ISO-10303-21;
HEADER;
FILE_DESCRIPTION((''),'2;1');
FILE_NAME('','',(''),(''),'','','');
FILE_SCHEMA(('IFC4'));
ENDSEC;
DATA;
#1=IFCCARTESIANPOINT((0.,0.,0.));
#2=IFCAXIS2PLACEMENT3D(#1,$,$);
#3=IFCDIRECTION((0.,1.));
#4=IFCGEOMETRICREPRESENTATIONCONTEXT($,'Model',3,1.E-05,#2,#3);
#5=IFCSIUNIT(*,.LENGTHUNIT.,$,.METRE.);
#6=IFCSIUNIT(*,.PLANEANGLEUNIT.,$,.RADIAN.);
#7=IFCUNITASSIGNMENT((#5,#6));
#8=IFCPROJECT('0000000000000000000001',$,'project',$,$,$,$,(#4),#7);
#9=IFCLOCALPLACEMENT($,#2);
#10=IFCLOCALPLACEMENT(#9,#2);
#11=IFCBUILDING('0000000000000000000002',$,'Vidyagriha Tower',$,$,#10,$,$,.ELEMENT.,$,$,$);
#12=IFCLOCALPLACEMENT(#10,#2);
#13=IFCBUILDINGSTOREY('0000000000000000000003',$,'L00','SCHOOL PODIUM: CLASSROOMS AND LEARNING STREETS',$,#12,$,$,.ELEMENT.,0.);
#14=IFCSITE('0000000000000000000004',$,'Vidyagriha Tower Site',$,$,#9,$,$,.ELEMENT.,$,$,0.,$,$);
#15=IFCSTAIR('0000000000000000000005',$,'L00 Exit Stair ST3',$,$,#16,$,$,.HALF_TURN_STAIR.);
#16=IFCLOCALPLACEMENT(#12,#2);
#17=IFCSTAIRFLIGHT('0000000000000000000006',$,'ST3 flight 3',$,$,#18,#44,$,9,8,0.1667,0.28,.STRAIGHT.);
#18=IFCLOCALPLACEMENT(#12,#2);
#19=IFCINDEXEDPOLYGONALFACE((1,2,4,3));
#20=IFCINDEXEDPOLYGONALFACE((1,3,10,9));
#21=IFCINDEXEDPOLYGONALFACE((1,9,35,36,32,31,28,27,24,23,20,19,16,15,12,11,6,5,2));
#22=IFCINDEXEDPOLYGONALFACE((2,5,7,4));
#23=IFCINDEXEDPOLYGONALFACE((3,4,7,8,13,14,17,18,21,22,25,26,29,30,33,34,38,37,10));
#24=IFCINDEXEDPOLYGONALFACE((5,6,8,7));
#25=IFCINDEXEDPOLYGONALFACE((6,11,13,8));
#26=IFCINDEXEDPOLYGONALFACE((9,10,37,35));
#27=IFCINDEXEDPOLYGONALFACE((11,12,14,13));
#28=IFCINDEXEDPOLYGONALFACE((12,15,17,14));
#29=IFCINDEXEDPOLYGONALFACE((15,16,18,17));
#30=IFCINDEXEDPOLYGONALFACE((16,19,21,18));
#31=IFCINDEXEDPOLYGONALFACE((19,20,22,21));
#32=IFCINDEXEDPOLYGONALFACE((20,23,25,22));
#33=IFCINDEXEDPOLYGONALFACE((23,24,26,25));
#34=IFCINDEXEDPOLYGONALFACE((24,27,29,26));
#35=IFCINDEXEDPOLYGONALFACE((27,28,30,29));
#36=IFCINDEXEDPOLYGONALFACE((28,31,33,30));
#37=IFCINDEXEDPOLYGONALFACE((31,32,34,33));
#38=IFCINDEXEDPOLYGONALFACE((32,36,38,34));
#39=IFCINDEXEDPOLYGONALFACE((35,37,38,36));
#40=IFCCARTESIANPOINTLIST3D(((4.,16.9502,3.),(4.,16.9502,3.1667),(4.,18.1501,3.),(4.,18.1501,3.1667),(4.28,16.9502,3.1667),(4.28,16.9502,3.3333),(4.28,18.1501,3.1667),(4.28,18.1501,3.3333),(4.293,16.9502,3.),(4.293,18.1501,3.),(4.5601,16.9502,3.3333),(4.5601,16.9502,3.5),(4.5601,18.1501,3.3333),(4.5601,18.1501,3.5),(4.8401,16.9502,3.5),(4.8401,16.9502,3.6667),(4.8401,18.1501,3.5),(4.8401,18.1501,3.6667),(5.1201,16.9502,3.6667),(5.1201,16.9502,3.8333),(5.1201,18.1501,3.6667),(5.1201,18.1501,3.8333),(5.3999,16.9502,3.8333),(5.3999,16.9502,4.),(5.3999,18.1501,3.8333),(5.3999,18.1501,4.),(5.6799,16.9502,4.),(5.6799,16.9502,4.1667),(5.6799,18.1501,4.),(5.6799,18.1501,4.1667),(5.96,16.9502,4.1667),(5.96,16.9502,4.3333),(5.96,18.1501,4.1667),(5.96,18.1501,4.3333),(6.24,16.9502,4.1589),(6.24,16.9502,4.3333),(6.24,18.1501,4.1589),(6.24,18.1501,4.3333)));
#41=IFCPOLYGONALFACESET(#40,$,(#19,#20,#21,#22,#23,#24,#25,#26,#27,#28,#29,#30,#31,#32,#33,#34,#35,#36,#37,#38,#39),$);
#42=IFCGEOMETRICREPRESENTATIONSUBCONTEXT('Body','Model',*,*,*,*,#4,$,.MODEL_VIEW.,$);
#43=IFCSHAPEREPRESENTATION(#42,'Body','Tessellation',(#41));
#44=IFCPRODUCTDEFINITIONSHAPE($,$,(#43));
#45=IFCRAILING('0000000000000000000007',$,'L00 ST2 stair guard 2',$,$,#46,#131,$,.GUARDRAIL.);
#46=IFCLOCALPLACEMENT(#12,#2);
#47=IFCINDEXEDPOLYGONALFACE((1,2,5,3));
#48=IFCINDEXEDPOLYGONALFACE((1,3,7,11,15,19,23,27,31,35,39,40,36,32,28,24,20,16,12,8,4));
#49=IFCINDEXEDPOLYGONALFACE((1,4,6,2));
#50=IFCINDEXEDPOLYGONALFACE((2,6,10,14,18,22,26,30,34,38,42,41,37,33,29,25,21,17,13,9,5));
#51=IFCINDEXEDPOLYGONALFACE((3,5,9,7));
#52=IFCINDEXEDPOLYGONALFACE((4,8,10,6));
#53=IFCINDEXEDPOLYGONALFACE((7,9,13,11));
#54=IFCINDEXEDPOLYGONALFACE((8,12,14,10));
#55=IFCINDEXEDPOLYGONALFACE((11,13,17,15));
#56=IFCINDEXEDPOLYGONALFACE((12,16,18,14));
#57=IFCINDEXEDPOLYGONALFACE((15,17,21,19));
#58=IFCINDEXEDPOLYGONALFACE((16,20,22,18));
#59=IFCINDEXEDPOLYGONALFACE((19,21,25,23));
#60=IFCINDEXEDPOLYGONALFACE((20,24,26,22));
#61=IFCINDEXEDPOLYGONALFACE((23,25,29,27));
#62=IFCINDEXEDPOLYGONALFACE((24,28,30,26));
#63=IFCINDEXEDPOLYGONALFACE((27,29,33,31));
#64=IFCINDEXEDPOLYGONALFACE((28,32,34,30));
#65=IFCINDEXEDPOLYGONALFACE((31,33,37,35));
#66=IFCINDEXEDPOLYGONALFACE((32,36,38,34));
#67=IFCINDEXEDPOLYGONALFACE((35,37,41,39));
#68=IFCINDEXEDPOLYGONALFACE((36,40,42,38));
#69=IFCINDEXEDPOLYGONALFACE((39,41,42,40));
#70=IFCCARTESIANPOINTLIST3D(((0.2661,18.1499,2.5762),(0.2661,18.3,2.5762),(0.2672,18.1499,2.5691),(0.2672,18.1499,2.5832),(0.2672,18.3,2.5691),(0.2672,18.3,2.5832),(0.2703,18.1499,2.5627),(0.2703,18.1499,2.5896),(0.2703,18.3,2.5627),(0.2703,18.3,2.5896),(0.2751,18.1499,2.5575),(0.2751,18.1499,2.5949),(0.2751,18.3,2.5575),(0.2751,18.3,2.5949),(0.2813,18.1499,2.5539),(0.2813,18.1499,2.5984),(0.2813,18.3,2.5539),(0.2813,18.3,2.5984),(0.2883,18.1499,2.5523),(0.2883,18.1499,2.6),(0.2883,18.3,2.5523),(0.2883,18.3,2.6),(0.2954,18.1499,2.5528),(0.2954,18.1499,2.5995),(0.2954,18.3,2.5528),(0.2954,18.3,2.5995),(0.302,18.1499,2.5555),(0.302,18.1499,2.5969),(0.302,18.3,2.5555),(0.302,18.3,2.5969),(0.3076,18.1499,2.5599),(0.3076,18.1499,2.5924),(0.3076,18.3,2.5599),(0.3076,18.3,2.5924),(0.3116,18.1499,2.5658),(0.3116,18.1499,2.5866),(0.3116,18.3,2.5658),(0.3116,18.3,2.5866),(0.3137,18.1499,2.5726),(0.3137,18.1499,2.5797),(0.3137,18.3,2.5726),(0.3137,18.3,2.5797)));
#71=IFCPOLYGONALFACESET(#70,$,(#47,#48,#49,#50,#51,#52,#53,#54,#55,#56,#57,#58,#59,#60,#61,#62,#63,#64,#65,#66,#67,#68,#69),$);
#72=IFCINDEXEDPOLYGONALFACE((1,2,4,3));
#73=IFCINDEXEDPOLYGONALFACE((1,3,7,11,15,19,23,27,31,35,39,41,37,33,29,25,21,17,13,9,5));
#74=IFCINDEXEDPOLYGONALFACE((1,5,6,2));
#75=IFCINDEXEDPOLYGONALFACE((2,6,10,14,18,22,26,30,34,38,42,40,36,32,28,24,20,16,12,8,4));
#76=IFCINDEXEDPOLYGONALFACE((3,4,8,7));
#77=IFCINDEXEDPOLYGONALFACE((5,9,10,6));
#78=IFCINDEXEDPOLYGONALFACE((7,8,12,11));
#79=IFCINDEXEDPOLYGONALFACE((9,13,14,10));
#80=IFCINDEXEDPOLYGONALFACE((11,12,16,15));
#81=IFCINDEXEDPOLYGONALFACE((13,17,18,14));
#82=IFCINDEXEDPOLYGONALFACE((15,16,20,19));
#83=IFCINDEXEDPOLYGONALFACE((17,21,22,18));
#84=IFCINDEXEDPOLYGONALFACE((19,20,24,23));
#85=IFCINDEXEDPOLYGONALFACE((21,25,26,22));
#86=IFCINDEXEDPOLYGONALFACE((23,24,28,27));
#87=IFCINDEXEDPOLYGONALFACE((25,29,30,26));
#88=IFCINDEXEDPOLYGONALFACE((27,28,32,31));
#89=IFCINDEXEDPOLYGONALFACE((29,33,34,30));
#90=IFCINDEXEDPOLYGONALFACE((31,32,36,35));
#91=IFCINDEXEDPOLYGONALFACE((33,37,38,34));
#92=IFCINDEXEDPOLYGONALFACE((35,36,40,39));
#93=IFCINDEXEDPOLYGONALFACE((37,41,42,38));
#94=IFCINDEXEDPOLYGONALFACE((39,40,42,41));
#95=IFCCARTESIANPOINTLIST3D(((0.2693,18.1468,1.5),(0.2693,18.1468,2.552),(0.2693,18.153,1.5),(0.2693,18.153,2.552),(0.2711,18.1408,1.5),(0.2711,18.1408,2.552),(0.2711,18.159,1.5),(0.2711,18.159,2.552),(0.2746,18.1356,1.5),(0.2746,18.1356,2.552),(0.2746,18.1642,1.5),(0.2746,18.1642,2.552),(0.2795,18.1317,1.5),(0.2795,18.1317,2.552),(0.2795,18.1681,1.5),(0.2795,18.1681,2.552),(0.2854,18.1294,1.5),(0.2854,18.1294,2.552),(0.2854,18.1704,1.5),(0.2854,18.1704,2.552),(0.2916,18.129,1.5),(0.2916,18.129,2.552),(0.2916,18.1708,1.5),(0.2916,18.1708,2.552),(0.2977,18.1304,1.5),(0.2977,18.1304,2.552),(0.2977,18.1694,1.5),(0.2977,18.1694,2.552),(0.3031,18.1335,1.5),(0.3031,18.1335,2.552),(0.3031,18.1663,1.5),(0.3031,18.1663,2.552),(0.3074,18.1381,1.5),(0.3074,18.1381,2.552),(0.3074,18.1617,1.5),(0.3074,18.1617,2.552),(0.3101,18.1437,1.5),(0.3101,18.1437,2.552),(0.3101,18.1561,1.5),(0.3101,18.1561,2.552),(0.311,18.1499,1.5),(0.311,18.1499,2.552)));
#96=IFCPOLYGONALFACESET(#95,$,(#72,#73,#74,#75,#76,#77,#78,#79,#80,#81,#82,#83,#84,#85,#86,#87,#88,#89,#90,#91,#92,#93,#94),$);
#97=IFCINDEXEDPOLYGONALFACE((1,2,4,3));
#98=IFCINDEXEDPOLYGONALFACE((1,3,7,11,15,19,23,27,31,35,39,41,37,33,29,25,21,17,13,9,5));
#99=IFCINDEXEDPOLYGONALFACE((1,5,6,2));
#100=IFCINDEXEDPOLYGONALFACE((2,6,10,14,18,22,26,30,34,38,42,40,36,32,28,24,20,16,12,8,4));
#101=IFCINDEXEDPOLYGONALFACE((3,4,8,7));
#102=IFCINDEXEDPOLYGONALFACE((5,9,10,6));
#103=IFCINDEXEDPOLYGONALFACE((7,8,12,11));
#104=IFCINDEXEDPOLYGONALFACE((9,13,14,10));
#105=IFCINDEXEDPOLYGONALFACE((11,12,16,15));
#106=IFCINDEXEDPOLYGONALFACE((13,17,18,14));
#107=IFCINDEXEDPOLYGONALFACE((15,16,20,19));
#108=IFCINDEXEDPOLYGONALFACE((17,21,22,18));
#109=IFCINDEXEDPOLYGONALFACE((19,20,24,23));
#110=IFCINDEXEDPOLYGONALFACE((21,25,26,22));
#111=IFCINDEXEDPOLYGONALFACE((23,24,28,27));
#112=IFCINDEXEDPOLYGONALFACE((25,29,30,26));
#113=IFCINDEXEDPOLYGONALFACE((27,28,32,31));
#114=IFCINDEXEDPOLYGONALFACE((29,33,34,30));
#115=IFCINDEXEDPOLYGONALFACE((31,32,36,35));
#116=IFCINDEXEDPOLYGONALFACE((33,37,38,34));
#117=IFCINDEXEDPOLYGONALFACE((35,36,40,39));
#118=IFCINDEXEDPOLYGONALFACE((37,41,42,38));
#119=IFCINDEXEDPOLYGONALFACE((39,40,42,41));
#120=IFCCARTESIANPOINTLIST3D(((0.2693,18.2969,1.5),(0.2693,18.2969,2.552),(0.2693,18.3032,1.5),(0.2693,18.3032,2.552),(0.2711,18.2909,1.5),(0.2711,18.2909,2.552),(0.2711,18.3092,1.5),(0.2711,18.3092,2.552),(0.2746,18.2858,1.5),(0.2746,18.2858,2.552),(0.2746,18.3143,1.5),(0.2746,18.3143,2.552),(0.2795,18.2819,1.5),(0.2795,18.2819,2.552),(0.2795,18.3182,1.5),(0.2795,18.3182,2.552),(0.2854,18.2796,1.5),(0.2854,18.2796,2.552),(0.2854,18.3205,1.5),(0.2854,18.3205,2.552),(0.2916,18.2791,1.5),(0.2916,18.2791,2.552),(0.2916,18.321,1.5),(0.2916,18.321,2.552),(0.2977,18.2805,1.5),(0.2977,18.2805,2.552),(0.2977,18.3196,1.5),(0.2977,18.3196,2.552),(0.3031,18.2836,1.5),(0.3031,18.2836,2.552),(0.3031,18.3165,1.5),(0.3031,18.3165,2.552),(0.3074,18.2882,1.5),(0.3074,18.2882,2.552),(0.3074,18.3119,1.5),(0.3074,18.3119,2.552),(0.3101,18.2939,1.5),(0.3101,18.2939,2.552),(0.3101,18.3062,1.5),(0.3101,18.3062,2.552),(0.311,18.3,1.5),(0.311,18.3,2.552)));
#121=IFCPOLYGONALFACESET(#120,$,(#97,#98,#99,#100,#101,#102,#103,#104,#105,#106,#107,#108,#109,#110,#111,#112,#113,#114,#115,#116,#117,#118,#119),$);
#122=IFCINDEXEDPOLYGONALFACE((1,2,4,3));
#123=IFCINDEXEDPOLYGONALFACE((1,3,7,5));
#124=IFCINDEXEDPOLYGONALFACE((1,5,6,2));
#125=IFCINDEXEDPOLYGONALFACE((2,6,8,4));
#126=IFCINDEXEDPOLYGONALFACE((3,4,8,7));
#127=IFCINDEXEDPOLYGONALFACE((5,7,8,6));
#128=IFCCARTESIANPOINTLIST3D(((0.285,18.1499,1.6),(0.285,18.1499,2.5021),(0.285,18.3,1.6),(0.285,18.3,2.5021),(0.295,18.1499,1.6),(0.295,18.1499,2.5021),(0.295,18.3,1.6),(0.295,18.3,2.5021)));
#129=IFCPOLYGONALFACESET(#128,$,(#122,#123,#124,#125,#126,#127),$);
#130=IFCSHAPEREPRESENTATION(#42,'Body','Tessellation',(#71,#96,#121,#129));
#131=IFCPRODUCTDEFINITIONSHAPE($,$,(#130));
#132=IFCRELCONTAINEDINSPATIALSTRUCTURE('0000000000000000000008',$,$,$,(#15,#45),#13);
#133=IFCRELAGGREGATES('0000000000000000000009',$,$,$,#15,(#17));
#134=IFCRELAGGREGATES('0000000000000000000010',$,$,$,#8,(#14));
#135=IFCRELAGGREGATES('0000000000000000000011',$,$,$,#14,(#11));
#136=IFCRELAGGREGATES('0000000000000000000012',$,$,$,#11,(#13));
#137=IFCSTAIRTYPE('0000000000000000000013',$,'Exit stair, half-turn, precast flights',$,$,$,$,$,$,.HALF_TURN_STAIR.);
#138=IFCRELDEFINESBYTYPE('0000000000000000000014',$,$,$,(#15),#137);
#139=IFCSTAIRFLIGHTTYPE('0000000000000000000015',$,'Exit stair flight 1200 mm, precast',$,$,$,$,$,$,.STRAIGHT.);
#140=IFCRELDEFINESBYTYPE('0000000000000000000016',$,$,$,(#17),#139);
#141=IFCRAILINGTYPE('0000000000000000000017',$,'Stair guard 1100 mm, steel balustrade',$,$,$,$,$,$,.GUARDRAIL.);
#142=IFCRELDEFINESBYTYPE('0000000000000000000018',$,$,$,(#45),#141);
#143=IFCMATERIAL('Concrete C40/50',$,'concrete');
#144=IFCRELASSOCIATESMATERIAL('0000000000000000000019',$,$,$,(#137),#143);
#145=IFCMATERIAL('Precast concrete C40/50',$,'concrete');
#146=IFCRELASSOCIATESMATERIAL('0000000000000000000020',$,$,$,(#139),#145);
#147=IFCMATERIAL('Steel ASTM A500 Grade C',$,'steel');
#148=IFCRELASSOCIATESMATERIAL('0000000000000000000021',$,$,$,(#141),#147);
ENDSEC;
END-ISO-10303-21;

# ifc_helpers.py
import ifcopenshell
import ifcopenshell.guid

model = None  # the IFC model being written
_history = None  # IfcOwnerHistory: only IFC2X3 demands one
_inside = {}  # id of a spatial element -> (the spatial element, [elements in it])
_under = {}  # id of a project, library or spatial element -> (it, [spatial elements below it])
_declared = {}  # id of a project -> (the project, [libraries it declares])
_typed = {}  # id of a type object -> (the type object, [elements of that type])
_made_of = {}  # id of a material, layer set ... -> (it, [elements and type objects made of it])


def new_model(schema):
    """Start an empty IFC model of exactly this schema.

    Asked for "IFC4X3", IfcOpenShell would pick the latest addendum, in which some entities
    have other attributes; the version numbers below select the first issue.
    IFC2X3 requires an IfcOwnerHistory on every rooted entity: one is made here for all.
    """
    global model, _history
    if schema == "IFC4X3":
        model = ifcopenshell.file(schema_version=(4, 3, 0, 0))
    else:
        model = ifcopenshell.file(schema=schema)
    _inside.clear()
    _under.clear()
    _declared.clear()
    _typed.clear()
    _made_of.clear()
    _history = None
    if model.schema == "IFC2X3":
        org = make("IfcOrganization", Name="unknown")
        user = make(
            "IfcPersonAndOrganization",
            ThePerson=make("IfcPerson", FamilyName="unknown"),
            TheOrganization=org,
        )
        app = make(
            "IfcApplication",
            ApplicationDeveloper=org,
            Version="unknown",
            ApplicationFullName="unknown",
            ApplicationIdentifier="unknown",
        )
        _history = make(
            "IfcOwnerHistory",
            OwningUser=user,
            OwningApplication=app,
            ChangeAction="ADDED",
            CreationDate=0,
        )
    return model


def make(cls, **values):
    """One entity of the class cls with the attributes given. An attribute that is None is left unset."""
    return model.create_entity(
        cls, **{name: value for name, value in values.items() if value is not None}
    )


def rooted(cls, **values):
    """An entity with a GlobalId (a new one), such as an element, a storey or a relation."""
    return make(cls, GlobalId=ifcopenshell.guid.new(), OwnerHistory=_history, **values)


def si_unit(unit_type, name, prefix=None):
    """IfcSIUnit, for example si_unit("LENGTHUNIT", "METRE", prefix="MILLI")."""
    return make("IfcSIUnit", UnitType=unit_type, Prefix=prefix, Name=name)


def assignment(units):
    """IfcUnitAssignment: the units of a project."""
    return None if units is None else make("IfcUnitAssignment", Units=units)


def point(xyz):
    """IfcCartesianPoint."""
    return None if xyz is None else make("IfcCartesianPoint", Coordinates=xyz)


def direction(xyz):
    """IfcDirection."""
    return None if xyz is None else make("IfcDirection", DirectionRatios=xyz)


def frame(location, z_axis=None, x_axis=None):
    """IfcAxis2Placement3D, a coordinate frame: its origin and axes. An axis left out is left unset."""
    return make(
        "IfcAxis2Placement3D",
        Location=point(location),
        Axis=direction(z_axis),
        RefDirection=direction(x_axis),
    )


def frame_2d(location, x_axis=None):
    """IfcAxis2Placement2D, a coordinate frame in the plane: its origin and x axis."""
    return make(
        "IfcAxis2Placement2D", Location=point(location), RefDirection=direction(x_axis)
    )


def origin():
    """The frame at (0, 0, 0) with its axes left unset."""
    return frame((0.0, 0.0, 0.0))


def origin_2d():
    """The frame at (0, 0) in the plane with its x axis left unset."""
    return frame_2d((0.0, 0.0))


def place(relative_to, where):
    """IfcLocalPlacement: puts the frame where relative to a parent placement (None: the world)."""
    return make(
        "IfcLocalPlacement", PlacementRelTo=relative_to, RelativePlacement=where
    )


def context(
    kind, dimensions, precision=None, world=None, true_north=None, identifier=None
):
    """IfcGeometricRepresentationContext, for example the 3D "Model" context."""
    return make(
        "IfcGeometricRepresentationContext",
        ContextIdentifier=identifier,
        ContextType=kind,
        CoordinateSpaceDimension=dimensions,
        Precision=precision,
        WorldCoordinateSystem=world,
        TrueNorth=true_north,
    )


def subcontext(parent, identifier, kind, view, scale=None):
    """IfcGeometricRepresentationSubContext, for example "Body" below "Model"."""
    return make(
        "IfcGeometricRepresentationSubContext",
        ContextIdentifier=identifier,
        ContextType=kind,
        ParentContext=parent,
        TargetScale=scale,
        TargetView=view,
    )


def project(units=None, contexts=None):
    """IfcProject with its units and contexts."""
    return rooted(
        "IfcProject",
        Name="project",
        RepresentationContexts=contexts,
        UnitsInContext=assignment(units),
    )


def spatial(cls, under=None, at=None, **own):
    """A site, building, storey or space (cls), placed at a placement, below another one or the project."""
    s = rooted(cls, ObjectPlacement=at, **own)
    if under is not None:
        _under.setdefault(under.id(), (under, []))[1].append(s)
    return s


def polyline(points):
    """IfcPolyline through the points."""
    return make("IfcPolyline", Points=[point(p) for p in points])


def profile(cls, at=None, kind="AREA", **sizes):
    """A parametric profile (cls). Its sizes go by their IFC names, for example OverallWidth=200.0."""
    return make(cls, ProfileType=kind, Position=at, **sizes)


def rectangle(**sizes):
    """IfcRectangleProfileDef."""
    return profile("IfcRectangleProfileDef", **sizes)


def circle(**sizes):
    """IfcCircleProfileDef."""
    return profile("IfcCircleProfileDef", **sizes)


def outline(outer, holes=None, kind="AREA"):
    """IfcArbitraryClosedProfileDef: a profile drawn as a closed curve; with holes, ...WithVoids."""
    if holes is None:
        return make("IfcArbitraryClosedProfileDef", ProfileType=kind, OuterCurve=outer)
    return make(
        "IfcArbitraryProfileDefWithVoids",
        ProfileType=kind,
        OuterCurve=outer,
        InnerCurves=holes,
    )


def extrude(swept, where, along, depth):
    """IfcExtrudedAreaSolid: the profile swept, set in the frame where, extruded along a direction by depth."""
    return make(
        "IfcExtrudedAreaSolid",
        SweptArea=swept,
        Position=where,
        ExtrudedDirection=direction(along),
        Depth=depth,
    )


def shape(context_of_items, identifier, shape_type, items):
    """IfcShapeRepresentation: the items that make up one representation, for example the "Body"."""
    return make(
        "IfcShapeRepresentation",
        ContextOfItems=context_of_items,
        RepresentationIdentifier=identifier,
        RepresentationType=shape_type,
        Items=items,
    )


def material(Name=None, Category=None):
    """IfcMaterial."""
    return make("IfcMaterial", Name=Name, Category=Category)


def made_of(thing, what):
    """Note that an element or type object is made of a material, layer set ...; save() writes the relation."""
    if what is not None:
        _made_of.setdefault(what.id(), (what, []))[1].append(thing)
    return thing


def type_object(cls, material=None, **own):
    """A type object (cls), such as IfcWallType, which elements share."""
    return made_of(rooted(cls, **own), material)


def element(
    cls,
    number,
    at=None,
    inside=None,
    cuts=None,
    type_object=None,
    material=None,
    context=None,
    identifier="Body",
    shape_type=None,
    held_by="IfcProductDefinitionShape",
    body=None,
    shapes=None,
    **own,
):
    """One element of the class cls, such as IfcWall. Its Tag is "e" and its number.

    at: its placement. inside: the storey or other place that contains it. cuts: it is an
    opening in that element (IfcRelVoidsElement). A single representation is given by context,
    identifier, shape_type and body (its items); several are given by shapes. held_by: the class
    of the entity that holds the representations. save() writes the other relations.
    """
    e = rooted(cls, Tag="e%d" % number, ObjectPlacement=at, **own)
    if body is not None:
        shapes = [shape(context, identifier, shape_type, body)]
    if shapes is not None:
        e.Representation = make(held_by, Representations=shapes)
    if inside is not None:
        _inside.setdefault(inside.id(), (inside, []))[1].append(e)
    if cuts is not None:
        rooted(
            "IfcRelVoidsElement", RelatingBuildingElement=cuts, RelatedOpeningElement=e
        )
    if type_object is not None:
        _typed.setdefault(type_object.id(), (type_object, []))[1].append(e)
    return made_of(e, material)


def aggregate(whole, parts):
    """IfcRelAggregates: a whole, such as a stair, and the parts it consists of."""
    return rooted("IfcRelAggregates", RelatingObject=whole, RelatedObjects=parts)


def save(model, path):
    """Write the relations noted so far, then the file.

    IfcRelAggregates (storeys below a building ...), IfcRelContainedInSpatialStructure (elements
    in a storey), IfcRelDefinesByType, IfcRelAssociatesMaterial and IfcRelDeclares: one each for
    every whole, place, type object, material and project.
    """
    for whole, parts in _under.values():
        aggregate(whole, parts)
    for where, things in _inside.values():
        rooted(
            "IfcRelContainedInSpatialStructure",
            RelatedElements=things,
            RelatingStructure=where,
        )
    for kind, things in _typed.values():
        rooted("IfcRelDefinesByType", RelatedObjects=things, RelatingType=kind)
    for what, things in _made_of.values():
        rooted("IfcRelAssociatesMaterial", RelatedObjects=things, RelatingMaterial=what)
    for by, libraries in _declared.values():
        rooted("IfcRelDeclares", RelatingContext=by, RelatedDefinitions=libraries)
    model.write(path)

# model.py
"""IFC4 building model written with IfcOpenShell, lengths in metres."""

from ifc_helpers import new_model, si_unit, direction, frame, origin, origin_2d, place, context, subcontext, project, spatial, polyline, rectangle, circle, outline, extrude, material, type_object, element, aggregate, save


model = new_model("IFC4")

# Units and contexts
model_context = context("Model", 3, precision=1e-05, world=origin(), true_north=direction((0.0, 1.0)))
body_context = subcontext(model_context, "Body", "Model", "MODEL_VIEW")
ifc_project = project(units=[si_unit("LENGTHUNIT", "METRE"), si_unit("PLANEANGLEUNIT", "RADIAN")], contexts=[model_context])

# Site, building, storey
site_placement = place(None, origin())
site = spatial("IfcSite", under=ifc_project, at=site_placement, Name="Vidyagriha Tower Site", CompositionType="ELEMENT", RefElevation=0.0)
building_placement = place(site_placement, origin())
building = spatial("IfcBuilding", under=site, at=building_placement, Name="Vidyagriha Tower", CompositionType="ELEMENT")
storey_placement = place(building_placement, origin())
storey = spatial("IfcBuildingStorey", under=building, at=storey_placement, Name="L00", Description="SCHOOL PODIUM: CLASSROOMS AND LEARNING STREETS", CompositionType="ELEMENT", Elevation=0.0)

# Stair, stair flight
ifc_material_1 = material(Name="Concrete C40/50", Category="concrete")
stair_type = type_object("IfcStairType", Name="Exit stair, half-turn, precast flights", PredefinedType="HALF_TURN_STAIR", material=ifc_material_1)
ifc_material_2 = material(Name="Precast concrete C40/50", Category="concrete")
stair_flight_type = type_object("IfcStairFlightType", Name="Exit stair flight 1200 mm, precast", PredefinedType="STRAIGHT", material=ifc_material_2)
stair_1_placement = place(storey_placement, origin())
stair_1 = element("IfcStair", 1, at=stair_1_placement, inside=storey, type_object=stair_type, Name="L00 Exit Stair ST3", PredefinedType="HALF_TURN_STAIR")
stair_flight_1_placement = place(storey_placement, frame((4.0, 17.55, 3.0)))
stair_flight_1 = element("IfcStairFlight", 2, at=stair_flight_1_placement, type_object=stair_flight_type, Name="ST3 flight 3", NumberOfRisers=9, NumberOfTreads=8, PredefinedType="STRAIGHT", RiserHeight=0.1667, TreadLength=0.28, context=body_context, shape_type="SweptSolid", body=[
    extrude(outline(polyline([(0.0, 0.0), (0.0, 0.1667), (0.28, 0.1667), (0.28, 0.3333), (0.5601, 0.3333), (0.5601, 0.5), (0.8401, 0.5), (0.8401, 0.6667), (1.1201, 0.6667), (1.1201, 0.8333), (1.3999, 0.8333), (1.3999, 1.0), (1.6799, 1.0), (1.6799, 1.1667), (1.96, 1.1667), (1.96, 1.3333), (2.24, 1.3333), (2.24, 1.5), (2.24, 1.1589), (0.293, 0.0), (0.0, 0.0)])), frame((0.0, 0.6001, 0.0), z_axis=(0.0, -1.0, 0.0), x_axis=(1.0, 0.0, 0.0)), (0.0, 0.0, 1.0), 1.2),
])
aggregate(stair_1, [stair_flight_1])

# Railing
ifc_material_3 = material(Name="Steel ASTM A500 Grade C", Category="steel")
railing_type_1 = type_object("IfcRailingType", Name="Stair guard 1100 mm, steel balustrade", PredefinedType="GUARDRAIL", material=ifc_material_3)
railing_1_placement = place(storey_placement, frame((0.29, 18.1499, 1.5)))
element("IfcRailing", 3, at=railing_1_placement, inside=storey, type_object=railing_type_1, Name="L00 ST2 stair guard 2", PredefinedType="GUARDRAIL", context=body_context, shape_type="SweptSolid", body=[
    extrude(circle(Radius=0.0239, at=origin_2d()), frame((0.0, 0.0, 1.0762), z_axis=(0.0, 1.0, 0.0), x_axis=(-1.0, 0.0, 0.0)), (0.0, 0.0, 1.0), 0.1501),
    extrude(circle(Radius=0.021, at=origin_2d()), origin(), (0.0, 0.0, 1.0), 1.052),
    extrude(circle(Radius=0.021, at=origin_2d()), frame((0.0, 0.1501, 0.0)), (0.0, 0.0, 1.0), 1.052),
    extrude(rectangle(XDim=0.01, YDim=0.9021, at=origin_2d()), frame((0.0, 0.0, 0.551), z_axis=(0.0, 1.0, 0.0), x_axis=(-1.0, 0.0, 0.0)), (0.0, 0.0, 1.0), 0.1501),
])

save(model, "model.ifc")
